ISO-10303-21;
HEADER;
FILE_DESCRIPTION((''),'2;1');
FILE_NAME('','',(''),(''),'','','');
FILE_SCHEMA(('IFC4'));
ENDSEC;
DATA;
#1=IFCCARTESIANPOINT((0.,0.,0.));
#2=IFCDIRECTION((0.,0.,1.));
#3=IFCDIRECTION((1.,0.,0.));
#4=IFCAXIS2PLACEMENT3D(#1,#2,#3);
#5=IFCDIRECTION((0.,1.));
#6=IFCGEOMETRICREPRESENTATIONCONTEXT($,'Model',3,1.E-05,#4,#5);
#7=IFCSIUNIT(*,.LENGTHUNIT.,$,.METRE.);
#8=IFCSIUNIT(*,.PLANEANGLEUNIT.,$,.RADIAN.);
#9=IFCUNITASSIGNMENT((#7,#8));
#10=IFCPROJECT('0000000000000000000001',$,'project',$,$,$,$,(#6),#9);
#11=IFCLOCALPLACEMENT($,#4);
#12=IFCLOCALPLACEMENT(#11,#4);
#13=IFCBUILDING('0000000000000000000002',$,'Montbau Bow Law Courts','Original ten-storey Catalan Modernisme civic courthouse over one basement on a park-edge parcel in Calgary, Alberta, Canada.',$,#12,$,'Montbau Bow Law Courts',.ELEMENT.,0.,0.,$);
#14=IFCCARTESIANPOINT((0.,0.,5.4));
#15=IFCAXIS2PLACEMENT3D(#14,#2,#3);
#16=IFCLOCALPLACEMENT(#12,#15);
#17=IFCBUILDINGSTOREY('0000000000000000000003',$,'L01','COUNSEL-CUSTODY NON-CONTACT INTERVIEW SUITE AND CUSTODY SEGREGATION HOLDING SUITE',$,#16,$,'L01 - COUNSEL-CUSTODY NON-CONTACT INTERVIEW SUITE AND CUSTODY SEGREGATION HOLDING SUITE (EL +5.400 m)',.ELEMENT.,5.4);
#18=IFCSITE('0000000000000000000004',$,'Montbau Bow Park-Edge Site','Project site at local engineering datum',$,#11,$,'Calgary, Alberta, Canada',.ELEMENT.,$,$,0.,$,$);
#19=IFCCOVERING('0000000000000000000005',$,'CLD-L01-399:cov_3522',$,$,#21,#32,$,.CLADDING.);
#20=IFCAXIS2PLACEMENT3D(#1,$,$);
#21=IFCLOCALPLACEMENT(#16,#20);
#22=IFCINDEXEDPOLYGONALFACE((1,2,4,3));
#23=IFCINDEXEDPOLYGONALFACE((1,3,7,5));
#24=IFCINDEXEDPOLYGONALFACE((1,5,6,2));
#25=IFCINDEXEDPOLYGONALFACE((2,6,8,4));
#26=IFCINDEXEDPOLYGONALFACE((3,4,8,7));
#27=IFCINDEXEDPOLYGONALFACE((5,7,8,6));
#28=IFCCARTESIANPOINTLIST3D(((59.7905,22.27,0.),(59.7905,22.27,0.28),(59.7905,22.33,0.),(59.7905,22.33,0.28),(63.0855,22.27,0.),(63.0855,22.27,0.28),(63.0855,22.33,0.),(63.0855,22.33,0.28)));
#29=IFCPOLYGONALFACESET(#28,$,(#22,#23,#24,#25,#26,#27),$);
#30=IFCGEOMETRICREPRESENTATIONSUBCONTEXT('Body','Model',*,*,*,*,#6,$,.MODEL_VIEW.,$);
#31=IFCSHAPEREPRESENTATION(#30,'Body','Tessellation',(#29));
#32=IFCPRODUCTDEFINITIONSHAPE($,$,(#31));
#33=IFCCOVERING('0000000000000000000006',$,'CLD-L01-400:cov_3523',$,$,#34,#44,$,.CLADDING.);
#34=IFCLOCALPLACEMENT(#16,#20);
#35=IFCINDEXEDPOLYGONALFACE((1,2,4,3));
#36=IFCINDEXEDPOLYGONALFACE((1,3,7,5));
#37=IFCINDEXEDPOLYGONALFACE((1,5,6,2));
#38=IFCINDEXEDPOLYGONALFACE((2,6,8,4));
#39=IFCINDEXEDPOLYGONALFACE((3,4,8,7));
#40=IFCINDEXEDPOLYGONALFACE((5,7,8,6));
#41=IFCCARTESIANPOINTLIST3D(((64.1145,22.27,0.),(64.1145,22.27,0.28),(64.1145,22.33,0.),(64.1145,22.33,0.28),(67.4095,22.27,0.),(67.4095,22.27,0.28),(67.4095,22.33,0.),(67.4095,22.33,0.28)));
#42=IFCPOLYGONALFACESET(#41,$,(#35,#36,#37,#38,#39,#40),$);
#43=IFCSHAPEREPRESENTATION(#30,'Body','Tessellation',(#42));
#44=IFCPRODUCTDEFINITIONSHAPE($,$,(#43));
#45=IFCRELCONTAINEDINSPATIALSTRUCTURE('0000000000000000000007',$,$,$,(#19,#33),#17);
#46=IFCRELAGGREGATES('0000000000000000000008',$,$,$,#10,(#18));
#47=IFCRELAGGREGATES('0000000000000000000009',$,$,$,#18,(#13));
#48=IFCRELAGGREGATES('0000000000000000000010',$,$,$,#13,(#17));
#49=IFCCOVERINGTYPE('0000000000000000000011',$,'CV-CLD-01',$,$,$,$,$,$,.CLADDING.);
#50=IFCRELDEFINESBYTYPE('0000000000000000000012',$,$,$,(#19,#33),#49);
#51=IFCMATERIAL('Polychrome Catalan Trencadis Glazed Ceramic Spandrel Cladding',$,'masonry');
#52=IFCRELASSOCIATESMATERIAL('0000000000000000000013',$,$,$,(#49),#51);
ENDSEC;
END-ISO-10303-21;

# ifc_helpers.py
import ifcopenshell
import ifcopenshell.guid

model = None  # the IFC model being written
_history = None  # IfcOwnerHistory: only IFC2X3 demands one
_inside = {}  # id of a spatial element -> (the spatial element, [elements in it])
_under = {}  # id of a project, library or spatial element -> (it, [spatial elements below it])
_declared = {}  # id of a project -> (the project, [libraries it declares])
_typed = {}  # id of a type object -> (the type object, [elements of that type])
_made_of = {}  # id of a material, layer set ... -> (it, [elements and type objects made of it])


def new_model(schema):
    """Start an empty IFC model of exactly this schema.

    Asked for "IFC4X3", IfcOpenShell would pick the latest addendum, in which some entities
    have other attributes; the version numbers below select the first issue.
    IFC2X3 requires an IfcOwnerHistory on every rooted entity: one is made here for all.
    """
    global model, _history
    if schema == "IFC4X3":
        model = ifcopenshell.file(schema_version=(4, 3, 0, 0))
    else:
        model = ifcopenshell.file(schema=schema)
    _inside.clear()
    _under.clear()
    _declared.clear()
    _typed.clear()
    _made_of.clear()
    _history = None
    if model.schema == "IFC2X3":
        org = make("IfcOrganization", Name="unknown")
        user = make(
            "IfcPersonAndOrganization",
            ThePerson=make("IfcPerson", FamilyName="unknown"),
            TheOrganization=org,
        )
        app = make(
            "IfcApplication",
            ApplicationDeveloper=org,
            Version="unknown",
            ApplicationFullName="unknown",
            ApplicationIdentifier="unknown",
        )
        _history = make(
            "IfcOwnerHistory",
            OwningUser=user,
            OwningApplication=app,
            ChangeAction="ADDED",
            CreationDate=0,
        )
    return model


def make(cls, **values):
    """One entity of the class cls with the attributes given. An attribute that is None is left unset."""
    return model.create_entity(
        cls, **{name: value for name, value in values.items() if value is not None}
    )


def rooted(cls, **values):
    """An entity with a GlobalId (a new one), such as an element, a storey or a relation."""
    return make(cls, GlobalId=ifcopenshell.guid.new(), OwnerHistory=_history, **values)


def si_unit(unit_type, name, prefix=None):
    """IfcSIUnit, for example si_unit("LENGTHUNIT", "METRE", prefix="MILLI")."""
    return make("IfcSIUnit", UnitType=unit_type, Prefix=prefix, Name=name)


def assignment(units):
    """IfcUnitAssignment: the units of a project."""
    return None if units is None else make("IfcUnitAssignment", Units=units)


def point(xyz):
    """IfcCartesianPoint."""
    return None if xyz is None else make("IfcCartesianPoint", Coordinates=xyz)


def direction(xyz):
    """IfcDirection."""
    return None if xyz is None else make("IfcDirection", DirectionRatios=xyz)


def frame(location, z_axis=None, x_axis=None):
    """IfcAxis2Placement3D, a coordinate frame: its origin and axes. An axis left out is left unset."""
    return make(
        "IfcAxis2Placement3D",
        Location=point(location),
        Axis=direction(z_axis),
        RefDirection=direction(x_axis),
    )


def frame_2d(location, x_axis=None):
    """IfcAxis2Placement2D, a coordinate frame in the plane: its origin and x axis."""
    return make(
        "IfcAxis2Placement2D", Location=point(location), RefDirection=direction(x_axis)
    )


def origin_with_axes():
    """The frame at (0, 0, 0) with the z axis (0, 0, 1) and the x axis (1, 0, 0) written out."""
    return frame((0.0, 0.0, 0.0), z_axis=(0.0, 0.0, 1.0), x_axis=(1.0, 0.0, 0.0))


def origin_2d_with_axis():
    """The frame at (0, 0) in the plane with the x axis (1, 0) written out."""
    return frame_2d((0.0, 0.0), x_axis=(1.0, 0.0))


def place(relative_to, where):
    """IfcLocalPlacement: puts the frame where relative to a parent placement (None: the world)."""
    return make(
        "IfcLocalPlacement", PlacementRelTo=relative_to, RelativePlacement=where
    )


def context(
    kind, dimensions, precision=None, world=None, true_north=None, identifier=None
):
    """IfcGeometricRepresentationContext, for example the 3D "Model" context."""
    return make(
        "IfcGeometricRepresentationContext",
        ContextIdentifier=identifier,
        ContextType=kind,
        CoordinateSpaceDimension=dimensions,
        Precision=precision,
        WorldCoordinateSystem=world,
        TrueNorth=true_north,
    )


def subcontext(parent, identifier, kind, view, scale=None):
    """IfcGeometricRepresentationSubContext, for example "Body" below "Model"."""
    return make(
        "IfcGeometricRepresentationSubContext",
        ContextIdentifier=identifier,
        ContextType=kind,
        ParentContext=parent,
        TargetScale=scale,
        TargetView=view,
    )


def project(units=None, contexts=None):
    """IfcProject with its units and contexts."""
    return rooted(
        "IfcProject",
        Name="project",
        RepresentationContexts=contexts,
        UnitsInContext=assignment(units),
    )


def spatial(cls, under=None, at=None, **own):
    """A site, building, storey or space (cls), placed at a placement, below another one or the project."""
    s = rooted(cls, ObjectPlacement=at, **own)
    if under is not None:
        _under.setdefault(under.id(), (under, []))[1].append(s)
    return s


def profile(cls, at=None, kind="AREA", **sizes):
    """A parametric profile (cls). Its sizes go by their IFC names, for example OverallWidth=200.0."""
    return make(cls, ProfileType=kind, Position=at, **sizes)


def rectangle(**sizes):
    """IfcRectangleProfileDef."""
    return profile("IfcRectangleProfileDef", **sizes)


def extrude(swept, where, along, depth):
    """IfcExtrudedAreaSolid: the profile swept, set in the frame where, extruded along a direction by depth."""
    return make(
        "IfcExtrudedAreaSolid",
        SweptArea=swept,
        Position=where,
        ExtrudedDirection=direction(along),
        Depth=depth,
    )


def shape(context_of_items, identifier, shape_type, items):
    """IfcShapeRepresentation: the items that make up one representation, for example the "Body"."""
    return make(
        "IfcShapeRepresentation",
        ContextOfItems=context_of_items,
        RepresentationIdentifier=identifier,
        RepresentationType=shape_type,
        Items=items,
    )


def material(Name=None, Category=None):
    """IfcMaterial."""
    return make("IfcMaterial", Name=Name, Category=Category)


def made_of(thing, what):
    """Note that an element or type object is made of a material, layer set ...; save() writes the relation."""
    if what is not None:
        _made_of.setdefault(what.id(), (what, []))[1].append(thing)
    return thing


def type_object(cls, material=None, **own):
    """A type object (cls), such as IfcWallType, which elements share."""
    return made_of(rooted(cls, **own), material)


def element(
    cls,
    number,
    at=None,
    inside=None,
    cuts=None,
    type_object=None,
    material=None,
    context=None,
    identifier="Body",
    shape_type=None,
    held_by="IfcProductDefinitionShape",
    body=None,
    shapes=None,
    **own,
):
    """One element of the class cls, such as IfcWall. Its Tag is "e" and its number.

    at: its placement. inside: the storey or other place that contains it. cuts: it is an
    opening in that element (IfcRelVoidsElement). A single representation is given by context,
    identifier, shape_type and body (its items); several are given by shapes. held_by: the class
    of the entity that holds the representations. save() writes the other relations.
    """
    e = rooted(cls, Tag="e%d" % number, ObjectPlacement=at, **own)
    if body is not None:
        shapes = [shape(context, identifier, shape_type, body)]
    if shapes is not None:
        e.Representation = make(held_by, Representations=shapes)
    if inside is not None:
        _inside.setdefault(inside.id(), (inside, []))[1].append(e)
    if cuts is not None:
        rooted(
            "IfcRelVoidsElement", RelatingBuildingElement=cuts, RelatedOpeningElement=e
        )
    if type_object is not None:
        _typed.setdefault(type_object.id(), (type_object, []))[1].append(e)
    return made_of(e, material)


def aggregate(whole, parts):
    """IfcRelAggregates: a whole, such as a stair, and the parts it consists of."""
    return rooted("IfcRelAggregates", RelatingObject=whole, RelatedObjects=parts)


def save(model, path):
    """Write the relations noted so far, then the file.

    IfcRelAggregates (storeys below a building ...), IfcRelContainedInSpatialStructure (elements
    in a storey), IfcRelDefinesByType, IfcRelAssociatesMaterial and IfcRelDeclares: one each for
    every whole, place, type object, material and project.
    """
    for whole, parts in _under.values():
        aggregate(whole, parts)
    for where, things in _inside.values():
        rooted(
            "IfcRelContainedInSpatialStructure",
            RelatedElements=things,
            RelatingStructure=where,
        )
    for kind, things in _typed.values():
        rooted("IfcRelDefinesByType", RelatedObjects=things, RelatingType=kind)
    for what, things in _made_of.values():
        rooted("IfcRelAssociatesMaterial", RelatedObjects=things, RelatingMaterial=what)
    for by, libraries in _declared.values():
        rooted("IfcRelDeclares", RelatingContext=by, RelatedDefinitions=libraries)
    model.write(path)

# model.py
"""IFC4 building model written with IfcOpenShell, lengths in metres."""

from ifc_helpers import new_model, si_unit, direction, frame, origin_with_axes, origin_2d_with_axis, place, context, subcontext, project, spatial, rectangle, extrude, material, type_object, element, save


model = new_model("IFC4")

# Units and contexts
model_context = context("Model", 3, precision=1e-05, world=origin_with_axes(), true_north=direction((0.0, 1.0)))
body_context = subcontext(model_context, "Body", "Model", "MODEL_VIEW")
ifc_project = project(units=[si_unit("LENGTHUNIT", "METRE"), si_unit("PLANEANGLEUNIT", "RADIAN")], contexts=[model_context])

# Site, building, storey
site_placement = place(None, origin_with_axes())
site = spatial("IfcSite", under=ifc_project, at=site_placement, Name="Montbau Bow Park-Edge Site", Description="Project site at local engineering datum", LongName="Calgary, Alberta, Canada", CompositionType="ELEMENT", RefElevation=0.0)
building_placement = place(site_placement, origin_with_axes())
building = spatial("IfcBuilding", under=site, at=building_placement, Name="Montbau Bow Law Courts", Description="Original ten-storey Catalan Modernisme civic courthouse over one basement on a park-edge parcel in Calgary, Alberta, Canada.", LongName="Montbau Bow Law Courts", CompositionType="ELEMENT", ElevationOfRefHeight=0.0, ElevationOfTerrain=0.0)
storey_placement = place(building_placement, frame((0.0, 0.0, 5.4), z_axis=(0.0, 0.0, 1.0), x_axis=(1.0, 0.0, 0.0)))
storey = spatial("IfcBuildingStorey", under=building, at=storey_placement, Name="L01", Description="COUNSEL-CUSTODY NON-CONTACT INTERVIEW SUITE AND CUSTODY SEGREGATION HOLDING SUITE", LongName="L01 - COUNSEL-CUSTODY NON-CONTACT INTERVIEW SUITE AND CUSTODY SEGREGATION HOLDING SUITE (EL +5.400 m)", CompositionType="ELEMENT", Elevation=5.4)

# Coverings
ifc_material_1 = material(Name="Polychrome Catalan Trencadis Glazed Ceramic Spandrel Cladding", Category="masonry")
covering_type = type_object("IfcCoveringType", Name="CV-CLD-01", PredefinedType="CLADDING", material=ifc_material_1)
for number, where, z_axis, x_axis, name in (
    (1, (61.438, 22.3, 5.4), (0.0, 0.0, 1.0), (1.0, 0.0, 0.0), "CLD-L01-399:cov_3522"),
    (2, (65.762, 22.3, 5.4), (0.0, 0.0, 1.0), (1.0, 0.0, 0.0), "CLD-L01-400:cov_3523"),
):
    element("IfcCovering", number, at=place(None, frame(where, z_axis=z_axis, x_axis=x_axis)), inside=storey, type_object=covering_type, Name=name, PredefinedType="CLADDING", context=body_context, shape_type="SweptSolid", body=[
        extrude(rectangle(XDim=3.295, YDim=0.06, at=origin_2d_with_axis()), origin_with_axes(), (0.0, 0.0, 1.0), 0.28),
    ])

save(model, "model.ifc")
